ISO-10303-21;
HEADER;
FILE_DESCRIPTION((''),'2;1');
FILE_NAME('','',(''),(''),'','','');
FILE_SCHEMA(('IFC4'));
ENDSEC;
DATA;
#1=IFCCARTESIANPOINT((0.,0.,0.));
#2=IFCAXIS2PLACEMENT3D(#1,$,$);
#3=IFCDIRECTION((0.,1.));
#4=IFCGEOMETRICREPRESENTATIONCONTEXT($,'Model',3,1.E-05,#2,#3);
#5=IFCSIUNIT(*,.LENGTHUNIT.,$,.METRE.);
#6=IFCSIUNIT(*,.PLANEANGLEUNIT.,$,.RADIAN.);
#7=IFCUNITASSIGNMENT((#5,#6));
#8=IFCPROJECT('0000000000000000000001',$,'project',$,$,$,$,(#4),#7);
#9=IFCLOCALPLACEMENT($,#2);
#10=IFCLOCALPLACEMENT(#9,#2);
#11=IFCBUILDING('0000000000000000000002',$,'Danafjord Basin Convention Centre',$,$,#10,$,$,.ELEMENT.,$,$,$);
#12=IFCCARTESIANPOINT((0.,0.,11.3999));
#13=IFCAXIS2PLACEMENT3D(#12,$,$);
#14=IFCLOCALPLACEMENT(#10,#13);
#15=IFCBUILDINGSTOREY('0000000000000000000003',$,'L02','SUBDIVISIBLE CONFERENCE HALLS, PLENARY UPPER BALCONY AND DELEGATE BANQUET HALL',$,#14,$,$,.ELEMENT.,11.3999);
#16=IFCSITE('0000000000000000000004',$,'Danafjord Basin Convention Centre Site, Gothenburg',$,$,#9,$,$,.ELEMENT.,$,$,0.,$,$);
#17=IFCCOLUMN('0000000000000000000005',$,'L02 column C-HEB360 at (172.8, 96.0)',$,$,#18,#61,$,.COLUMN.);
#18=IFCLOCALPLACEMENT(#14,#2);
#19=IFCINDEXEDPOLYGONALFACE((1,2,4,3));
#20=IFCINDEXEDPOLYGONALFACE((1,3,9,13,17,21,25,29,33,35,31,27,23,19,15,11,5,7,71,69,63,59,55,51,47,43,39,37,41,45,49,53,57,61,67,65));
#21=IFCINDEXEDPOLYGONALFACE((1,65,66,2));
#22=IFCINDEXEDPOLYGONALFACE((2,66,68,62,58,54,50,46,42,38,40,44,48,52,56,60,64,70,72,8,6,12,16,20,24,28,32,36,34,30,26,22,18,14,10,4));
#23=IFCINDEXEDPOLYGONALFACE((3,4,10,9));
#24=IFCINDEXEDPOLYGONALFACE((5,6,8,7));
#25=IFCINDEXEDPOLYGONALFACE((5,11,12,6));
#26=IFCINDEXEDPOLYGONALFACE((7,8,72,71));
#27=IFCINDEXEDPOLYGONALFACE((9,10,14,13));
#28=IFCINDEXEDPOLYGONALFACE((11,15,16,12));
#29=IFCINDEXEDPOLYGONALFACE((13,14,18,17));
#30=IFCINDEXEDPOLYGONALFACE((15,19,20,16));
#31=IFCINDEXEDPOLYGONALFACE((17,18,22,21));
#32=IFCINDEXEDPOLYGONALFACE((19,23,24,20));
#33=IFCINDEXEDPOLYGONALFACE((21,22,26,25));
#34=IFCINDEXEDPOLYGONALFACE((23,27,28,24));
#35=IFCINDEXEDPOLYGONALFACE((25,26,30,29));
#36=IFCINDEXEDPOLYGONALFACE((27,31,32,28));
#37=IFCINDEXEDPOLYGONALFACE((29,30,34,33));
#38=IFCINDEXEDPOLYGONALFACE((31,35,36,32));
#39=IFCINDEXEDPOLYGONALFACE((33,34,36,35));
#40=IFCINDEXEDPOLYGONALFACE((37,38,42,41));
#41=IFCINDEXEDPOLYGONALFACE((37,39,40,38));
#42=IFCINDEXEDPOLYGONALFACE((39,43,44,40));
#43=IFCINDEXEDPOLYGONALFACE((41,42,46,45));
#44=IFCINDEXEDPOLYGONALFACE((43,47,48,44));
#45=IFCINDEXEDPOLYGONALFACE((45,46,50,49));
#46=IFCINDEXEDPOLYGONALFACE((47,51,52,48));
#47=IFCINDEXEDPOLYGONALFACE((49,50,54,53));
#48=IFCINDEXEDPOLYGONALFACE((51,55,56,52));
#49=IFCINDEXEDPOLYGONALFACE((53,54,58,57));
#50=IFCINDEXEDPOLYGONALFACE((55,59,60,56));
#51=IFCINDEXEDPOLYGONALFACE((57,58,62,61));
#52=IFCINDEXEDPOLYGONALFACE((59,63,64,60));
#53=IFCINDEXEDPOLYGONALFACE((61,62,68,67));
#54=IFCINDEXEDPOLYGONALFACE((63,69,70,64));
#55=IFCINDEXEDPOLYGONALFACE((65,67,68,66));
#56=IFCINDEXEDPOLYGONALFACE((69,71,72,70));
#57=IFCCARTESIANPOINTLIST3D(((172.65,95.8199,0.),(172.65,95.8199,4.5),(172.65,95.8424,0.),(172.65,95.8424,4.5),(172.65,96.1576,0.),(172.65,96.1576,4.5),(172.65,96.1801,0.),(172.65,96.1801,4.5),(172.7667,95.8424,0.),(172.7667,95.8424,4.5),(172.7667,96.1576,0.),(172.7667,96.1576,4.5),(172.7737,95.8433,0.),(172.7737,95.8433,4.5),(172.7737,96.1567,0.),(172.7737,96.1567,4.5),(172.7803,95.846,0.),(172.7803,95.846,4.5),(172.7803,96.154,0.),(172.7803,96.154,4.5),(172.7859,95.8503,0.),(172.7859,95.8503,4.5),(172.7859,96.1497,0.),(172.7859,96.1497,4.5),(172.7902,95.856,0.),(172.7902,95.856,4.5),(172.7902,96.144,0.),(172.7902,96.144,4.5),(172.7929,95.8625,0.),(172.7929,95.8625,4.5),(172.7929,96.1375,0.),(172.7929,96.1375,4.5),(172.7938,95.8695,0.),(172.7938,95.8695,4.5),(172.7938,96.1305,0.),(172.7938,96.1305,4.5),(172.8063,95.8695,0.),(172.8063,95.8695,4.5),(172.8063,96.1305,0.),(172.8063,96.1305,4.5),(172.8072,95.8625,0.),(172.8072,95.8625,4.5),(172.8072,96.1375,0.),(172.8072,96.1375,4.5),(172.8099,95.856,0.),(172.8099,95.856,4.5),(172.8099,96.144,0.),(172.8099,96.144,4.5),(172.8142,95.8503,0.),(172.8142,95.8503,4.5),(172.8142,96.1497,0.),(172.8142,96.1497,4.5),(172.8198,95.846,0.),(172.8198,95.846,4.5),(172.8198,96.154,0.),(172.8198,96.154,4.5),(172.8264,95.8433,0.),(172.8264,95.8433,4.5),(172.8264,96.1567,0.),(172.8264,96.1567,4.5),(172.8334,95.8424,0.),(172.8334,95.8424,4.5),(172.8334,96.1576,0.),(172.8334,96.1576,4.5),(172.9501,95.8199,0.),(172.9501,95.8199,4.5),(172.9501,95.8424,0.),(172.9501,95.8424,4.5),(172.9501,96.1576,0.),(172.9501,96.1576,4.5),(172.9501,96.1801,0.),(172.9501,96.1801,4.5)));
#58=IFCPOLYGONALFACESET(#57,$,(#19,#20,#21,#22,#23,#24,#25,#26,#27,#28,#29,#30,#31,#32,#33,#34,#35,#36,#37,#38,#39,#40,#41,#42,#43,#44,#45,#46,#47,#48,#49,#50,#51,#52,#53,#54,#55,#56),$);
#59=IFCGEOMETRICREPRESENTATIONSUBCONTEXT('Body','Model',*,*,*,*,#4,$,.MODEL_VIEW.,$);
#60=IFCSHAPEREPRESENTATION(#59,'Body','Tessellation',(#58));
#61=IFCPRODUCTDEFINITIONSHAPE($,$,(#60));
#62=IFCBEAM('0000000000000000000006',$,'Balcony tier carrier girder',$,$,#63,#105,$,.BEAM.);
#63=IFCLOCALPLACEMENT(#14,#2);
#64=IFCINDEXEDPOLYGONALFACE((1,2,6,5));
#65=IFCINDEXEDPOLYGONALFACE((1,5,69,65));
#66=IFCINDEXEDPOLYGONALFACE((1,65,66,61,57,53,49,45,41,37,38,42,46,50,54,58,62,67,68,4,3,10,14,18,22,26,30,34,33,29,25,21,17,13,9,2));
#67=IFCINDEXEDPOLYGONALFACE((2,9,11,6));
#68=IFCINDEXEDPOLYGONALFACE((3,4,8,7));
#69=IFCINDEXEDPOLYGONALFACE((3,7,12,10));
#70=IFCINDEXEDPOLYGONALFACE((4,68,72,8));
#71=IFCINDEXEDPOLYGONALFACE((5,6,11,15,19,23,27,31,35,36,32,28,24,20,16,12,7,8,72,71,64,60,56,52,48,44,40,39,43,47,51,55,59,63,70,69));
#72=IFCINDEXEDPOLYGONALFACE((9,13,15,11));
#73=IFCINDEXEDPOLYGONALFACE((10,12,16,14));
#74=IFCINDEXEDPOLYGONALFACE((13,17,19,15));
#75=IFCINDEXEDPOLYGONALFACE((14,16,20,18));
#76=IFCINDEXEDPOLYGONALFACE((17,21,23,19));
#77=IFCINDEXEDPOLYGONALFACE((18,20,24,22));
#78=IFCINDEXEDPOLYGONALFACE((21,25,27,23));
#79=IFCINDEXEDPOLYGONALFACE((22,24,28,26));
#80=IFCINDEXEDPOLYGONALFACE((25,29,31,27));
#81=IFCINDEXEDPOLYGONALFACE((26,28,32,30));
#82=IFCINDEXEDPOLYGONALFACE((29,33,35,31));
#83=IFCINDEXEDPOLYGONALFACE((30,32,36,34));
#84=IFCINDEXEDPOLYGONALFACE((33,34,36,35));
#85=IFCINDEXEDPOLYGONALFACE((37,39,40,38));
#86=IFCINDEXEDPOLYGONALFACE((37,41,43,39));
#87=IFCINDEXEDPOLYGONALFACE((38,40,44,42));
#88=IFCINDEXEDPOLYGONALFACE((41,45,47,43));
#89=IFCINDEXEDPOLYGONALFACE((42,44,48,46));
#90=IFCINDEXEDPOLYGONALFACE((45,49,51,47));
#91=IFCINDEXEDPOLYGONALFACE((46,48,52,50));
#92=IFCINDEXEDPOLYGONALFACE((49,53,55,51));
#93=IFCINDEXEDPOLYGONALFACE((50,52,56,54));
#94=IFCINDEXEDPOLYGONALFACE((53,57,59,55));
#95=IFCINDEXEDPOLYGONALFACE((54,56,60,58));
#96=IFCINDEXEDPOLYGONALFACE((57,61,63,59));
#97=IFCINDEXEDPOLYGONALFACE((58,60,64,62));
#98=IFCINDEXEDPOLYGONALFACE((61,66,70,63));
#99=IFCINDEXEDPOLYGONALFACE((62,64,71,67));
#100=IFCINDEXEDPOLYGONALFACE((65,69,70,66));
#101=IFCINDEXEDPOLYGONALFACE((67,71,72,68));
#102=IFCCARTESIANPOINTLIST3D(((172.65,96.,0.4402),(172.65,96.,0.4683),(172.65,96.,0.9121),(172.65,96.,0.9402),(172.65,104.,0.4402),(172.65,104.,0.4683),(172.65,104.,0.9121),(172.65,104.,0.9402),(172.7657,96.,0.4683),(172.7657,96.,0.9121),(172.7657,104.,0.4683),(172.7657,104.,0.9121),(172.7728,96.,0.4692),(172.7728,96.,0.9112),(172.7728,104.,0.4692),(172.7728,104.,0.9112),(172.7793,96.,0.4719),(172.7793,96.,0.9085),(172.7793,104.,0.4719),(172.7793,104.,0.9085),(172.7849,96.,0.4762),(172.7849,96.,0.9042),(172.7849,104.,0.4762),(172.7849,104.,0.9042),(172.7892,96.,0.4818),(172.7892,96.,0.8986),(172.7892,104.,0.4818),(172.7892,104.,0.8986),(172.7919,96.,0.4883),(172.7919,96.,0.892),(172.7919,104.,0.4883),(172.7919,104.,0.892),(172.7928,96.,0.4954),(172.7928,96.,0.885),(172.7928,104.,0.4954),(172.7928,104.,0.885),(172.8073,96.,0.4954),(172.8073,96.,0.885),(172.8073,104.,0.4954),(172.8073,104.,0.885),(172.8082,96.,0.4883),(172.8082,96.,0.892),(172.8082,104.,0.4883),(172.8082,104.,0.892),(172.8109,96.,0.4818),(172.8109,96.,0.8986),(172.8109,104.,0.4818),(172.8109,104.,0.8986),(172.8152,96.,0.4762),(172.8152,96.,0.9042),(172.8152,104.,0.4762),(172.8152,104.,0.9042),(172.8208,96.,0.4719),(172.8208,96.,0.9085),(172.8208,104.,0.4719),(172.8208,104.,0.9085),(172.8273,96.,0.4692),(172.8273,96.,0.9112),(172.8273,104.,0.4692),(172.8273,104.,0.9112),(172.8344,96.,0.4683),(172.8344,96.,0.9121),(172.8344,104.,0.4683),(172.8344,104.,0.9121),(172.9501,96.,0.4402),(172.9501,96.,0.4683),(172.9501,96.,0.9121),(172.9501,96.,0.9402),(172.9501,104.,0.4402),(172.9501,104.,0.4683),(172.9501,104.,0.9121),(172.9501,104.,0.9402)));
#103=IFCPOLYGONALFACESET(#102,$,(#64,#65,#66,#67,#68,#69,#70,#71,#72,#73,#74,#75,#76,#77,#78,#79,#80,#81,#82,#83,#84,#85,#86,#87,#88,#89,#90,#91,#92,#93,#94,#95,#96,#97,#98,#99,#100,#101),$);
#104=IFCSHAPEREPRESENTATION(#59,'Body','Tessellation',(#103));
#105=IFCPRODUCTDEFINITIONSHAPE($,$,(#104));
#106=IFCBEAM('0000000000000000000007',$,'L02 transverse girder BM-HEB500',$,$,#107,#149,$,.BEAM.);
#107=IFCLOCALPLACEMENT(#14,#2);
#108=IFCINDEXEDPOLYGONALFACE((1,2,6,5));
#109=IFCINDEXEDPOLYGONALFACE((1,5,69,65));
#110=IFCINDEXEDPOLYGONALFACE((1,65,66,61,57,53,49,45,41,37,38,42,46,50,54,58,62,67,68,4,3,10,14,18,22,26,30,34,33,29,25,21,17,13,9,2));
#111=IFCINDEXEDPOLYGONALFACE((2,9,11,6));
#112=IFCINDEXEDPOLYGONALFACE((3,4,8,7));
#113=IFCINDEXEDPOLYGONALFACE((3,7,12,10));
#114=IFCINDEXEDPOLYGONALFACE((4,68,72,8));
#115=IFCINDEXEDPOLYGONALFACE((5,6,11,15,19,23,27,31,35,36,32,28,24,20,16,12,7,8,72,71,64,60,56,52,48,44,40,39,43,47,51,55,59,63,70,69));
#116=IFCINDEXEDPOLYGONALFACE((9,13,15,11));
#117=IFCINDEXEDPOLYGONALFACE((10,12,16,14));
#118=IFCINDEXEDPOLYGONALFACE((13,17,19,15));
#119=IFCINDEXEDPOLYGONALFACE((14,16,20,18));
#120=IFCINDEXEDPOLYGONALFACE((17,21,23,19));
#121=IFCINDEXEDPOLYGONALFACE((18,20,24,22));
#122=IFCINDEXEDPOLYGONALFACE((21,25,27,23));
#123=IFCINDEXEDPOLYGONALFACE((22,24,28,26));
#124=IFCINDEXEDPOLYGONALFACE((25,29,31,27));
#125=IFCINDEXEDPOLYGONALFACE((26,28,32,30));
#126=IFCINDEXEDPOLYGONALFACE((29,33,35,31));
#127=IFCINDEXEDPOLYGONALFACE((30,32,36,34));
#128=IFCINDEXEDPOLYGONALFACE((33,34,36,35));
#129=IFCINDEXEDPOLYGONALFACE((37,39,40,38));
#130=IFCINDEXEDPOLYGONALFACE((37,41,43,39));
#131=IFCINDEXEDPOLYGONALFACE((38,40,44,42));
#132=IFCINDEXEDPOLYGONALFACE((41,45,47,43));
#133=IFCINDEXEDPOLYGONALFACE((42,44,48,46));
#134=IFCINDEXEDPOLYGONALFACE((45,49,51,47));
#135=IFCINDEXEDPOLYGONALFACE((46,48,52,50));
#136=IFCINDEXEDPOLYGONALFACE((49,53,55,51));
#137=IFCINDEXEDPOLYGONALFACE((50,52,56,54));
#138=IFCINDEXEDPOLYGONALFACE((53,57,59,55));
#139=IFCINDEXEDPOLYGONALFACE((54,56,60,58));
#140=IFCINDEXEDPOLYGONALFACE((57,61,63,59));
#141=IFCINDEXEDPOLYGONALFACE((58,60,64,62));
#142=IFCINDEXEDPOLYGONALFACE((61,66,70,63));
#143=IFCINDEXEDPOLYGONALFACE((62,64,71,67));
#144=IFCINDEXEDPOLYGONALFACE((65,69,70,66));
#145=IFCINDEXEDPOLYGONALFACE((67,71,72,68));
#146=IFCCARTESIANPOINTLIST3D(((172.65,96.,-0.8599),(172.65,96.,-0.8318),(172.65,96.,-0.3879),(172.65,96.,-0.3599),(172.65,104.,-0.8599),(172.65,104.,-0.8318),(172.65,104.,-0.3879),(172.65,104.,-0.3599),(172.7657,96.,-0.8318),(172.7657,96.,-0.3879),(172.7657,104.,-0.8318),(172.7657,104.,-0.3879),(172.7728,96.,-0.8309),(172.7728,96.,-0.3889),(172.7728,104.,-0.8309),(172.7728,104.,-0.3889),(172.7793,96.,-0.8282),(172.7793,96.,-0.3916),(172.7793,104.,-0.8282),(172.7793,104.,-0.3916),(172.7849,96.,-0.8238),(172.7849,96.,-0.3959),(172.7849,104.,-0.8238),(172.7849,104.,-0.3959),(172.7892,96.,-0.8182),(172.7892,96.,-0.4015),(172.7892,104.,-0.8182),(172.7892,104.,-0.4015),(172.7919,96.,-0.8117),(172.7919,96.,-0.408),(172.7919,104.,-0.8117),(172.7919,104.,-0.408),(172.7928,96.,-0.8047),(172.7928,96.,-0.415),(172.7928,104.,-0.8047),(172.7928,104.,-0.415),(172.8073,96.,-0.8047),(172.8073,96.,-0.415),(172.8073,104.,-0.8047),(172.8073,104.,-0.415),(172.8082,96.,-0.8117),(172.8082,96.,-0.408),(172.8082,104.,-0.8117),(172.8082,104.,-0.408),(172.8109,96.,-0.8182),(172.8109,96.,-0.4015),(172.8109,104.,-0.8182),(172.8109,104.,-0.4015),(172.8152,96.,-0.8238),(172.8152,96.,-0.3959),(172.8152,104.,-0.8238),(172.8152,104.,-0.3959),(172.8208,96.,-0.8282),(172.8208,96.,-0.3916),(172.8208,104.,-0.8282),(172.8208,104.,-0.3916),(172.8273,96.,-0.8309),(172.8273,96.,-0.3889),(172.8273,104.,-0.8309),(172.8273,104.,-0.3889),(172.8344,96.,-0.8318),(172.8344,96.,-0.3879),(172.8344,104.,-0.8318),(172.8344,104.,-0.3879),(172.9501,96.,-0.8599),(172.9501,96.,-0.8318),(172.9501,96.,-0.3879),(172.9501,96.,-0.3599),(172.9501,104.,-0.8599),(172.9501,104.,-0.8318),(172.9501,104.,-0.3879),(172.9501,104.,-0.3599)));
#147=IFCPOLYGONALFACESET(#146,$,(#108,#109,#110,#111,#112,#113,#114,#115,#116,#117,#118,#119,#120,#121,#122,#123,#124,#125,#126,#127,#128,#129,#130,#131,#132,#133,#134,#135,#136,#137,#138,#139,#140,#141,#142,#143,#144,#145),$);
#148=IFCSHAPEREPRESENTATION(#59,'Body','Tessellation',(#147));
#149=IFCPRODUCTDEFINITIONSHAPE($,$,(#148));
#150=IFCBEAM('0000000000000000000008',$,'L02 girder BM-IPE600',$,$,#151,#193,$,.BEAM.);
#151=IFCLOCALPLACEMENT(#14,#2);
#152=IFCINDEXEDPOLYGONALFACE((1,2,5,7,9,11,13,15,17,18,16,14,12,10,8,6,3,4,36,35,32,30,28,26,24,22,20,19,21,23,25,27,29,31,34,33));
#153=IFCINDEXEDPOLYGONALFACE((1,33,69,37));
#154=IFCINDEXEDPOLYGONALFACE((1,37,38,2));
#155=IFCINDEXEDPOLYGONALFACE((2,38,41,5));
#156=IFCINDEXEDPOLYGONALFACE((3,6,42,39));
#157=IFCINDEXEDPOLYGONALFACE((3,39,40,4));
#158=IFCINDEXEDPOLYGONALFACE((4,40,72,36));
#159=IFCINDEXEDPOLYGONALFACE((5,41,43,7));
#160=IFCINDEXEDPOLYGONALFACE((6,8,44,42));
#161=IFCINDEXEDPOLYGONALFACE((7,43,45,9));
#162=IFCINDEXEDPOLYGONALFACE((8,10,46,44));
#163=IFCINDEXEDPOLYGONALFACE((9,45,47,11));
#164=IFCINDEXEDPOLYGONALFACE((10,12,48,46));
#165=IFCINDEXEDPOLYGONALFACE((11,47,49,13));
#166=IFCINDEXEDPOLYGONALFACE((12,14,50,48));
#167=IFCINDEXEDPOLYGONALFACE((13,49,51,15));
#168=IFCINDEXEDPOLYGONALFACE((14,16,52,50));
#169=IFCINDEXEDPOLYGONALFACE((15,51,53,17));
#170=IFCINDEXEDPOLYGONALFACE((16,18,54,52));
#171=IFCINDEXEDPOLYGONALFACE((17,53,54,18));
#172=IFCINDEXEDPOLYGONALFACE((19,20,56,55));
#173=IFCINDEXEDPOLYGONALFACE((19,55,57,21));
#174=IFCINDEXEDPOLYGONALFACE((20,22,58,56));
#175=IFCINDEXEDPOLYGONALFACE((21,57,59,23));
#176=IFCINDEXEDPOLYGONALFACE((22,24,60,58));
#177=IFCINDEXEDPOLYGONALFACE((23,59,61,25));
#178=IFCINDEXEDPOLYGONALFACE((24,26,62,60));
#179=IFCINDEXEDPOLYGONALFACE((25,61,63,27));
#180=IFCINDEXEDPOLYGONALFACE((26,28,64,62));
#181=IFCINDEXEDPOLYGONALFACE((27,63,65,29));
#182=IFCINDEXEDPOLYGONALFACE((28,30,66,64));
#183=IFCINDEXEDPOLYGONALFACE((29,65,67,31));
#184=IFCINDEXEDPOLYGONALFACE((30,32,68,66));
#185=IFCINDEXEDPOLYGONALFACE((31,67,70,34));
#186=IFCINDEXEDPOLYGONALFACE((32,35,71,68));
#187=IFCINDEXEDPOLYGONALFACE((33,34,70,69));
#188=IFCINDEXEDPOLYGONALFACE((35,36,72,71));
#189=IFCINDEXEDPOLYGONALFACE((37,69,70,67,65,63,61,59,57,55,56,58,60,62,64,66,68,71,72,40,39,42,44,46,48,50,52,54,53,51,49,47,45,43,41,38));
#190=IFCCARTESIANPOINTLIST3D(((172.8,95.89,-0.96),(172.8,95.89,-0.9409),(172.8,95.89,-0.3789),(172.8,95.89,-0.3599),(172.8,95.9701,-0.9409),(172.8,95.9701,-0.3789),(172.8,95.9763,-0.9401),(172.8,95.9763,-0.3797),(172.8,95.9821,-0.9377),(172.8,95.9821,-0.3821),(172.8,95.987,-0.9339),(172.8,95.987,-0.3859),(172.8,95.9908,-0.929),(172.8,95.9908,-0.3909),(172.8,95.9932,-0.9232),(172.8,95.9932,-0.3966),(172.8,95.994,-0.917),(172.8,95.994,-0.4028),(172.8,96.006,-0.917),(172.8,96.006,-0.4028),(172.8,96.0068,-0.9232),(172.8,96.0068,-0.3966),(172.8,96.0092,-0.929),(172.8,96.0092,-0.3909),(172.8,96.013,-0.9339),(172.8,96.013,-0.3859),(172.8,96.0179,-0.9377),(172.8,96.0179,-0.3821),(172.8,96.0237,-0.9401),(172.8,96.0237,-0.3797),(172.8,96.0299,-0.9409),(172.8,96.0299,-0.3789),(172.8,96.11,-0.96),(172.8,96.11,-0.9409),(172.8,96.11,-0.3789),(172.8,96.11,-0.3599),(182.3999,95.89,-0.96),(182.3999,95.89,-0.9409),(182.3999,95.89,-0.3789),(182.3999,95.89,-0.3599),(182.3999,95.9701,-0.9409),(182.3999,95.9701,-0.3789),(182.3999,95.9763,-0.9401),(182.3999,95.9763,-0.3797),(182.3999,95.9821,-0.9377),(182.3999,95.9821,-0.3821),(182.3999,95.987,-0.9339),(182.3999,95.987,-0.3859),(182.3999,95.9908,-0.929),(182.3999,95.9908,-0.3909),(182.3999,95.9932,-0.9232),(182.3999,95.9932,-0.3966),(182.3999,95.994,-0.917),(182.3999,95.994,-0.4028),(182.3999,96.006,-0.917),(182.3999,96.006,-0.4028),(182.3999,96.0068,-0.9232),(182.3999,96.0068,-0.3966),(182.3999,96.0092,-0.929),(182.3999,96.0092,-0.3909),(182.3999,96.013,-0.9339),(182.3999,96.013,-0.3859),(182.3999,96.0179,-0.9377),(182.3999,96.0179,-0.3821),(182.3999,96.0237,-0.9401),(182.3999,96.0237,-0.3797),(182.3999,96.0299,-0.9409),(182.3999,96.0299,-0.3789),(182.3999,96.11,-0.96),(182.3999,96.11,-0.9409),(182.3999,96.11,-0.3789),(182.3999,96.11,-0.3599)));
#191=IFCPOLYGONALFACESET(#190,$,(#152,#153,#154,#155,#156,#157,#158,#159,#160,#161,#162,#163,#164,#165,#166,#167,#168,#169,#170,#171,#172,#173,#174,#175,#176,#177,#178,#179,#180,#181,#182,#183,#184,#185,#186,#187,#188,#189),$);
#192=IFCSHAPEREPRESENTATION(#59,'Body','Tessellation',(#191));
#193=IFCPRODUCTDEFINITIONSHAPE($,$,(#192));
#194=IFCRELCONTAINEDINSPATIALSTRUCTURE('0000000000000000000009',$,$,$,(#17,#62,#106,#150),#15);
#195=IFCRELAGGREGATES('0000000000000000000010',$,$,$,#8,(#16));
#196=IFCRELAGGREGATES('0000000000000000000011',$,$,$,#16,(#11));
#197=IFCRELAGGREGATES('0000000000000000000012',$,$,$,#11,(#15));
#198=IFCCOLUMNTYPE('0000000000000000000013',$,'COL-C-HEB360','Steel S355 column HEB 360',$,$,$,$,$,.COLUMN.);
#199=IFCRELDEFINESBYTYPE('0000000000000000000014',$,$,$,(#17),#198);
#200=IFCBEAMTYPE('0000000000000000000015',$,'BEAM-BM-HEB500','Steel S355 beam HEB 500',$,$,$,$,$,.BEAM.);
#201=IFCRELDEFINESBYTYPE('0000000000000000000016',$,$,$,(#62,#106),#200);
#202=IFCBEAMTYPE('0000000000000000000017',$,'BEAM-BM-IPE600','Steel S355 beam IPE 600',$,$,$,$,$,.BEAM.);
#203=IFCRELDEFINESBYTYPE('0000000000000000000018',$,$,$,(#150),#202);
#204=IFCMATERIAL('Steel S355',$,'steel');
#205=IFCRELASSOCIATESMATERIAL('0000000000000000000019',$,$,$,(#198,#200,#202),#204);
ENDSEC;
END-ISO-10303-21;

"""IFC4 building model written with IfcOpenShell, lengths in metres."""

from ifc_helpers import new_model, si_unit, direction, frame, origin, origin_2d, place, context, subcontext, project, spatial, i_section, extrude, material, material_profile, profile_set, type_object, element, save


model = new_model("IFC4")

# Units and contexts
model_context = context("Model", 3, precision=1e-05, world=origin(), true_north=direction((0.0, 1.0)))
body_context = subcontext(model_context, "Body", "Model", "MODEL_VIEW")
ifc_project = project(units=[si_unit("LENGTHUNIT", "METRE"), si_unit("PLANEANGLEUNIT", "RADIAN")], contexts=[model_context])

# Site, building, storey
site_placement = place(None, origin())
site = spatial("IfcSite", under=ifc_project, at=site_placement, Name="Danafjord Basin Convention Centre Site, Gothenburg", CompositionType="ELEMENT", RefElevation=0.0)
building_placement = place(site_placement, origin())
building = spatial("IfcBuilding", under=site, at=building_placement, Name="Danafjord Basin Convention Centre", CompositionType="ELEMENT")
storey_placement = place(building_placement, frame((0.0, 0.0, 11.3999)))
storey = spatial("IfcBuildingStorey", under=building, at=storey_placement, Name="L02", Description="SUBDIVISIBLE CONFERENCE HALLS, PLENARY UPPER BALCONY AND DELEGATE BANQUET HALL", CompositionType="ELEMENT", Elevation=11.3999)

# Column
ifc_material_1 = material(Name="Steel S355", Category="steel")
ifc_material_profile_1 = material_profile(ifc_material_1, i_section(OverallWidth=0.3, OverallDepth=0.3601, WebThickness=0.0125, FlangeThickness=0.0225, FilletRadius=0.0271, at=origin_2d()), Name="HEB 360")
ifc_profile_set_1 = profile_set([ifc_material_profile_1], Name="Steel S355")
column_type = type_object("IfcColumnType", Name="COL-C-HEB360", Description="Steel S355 column HEB 360", PredefinedType="COLUMN", material=ifc_profile_set_1)
column_placement = place(storey_placement, frame((172.8, 96.0, 0.0), z_axis=(0.0, 0.0, 1.0), x_axis=(1.0, 0.0, 0.0)))
element("IfcColumn", 1, at=column_placement, inside=storey, type_object=column_type, Name="L02 column C-HEB360 at (172.8, 96.0)", PredefinedType="COLUMN", context=body_context, shape_type="SweptSolid", body=[
    extrude(i_section(OverallWidth=0.3, OverallDepth=0.3601, WebThickness=0.0125, FlangeThickness=0.0225, FilletRadius=0.0271, at=origin_2d()), origin(), (0.0, 0.0, 1.0), 4.5),
])

# Beams
ifc_material_profile_2 = material_profile(ifc_material_1, i_section(OverallWidth=0.3, OverallDepth=0.5, WebThickness=0.0144, FlangeThickness=0.0281, FilletRadius=0.0271, at=origin_2d()), Name="HEB 500")
ifc_profile_set_2 = profile_set([ifc_material_profile_2], Name="Steel S355")
beam_type_1 = type_object("IfcBeamType", Name="BEAM-BM-HEB500", Description="Steel S355 beam HEB 500", PredefinedType="BEAM", material=ifc_profile_set_2)
for number, where, z_axis, x_axis, name in (
    (2, (172.8, 96.0, 0.6902), (0.0, 1.0, 0.0), (-1.0, 0.0, 0.0), "Balcony tier carrier girder"),
    (3, (172.8, 96.0, -0.6099), (0.0, 1.0, 0.0), (-1.0, 0.0, 0.0), "L02 transverse girder BM-HEB500"),
):
    element("IfcBeam", number, at=place(storey_placement, frame(where, z_axis=z_axis, x_axis=x_axis)), inside=storey, type_object=beam_type_1, Name=name, PredefinedType="BEAM", context=body_context, shape_type="SweptSolid", body=[
        extrude(i_section(OverallWidth=0.3, OverallDepth=0.5, WebThickness=0.0144, FlangeThickness=0.0281, FilletRadius=0.0271, at=origin_2d()), origin(), (0.0, 0.0, 1.0), 8.0),
    ])
ifc_material_profile_3 = material_profile(ifc_material_1, i_section(OverallWidth=0.22, OverallDepth=0.6001, WebThickness=0.012, FlangeThickness=0.019, FilletRadius=0.0239, at=origin_2d()), Name="IPE 600")
ifc_profile_set_3 = profile_set([ifc_material_profile_3], Name="Steel S355")
beam_type_2 = type_object("IfcBeamType", Name="BEAM-BM-IPE600", Description="Steel S355 beam IPE 600", PredefinedType="BEAM", material=ifc_profile_set_3)
beam_placement = place(storey_placement, frame((172.8, 96.0, -0.6599), z_axis=(1.0, 0.0, 0.0), x_axis=(0.0, 1.0, 0.0)))
element("IfcBeam", 4, at=beam_placement, inside=storey, type_object=beam_type_2, Name="L02 girder BM-IPE600", PredefinedType="BEAM", context=body_context, shape_type="SweptSolid", body=[
    extrude(i_section(OverallWidth=0.22, OverallDepth=0.6001, WebThickness=0.012, FlangeThickness=0.019, FilletRadius=0.0239, at=origin_2d()), origin(), (0.0, 0.0, 1.0), 9.5999),
])

save(model, "model.ifc")
